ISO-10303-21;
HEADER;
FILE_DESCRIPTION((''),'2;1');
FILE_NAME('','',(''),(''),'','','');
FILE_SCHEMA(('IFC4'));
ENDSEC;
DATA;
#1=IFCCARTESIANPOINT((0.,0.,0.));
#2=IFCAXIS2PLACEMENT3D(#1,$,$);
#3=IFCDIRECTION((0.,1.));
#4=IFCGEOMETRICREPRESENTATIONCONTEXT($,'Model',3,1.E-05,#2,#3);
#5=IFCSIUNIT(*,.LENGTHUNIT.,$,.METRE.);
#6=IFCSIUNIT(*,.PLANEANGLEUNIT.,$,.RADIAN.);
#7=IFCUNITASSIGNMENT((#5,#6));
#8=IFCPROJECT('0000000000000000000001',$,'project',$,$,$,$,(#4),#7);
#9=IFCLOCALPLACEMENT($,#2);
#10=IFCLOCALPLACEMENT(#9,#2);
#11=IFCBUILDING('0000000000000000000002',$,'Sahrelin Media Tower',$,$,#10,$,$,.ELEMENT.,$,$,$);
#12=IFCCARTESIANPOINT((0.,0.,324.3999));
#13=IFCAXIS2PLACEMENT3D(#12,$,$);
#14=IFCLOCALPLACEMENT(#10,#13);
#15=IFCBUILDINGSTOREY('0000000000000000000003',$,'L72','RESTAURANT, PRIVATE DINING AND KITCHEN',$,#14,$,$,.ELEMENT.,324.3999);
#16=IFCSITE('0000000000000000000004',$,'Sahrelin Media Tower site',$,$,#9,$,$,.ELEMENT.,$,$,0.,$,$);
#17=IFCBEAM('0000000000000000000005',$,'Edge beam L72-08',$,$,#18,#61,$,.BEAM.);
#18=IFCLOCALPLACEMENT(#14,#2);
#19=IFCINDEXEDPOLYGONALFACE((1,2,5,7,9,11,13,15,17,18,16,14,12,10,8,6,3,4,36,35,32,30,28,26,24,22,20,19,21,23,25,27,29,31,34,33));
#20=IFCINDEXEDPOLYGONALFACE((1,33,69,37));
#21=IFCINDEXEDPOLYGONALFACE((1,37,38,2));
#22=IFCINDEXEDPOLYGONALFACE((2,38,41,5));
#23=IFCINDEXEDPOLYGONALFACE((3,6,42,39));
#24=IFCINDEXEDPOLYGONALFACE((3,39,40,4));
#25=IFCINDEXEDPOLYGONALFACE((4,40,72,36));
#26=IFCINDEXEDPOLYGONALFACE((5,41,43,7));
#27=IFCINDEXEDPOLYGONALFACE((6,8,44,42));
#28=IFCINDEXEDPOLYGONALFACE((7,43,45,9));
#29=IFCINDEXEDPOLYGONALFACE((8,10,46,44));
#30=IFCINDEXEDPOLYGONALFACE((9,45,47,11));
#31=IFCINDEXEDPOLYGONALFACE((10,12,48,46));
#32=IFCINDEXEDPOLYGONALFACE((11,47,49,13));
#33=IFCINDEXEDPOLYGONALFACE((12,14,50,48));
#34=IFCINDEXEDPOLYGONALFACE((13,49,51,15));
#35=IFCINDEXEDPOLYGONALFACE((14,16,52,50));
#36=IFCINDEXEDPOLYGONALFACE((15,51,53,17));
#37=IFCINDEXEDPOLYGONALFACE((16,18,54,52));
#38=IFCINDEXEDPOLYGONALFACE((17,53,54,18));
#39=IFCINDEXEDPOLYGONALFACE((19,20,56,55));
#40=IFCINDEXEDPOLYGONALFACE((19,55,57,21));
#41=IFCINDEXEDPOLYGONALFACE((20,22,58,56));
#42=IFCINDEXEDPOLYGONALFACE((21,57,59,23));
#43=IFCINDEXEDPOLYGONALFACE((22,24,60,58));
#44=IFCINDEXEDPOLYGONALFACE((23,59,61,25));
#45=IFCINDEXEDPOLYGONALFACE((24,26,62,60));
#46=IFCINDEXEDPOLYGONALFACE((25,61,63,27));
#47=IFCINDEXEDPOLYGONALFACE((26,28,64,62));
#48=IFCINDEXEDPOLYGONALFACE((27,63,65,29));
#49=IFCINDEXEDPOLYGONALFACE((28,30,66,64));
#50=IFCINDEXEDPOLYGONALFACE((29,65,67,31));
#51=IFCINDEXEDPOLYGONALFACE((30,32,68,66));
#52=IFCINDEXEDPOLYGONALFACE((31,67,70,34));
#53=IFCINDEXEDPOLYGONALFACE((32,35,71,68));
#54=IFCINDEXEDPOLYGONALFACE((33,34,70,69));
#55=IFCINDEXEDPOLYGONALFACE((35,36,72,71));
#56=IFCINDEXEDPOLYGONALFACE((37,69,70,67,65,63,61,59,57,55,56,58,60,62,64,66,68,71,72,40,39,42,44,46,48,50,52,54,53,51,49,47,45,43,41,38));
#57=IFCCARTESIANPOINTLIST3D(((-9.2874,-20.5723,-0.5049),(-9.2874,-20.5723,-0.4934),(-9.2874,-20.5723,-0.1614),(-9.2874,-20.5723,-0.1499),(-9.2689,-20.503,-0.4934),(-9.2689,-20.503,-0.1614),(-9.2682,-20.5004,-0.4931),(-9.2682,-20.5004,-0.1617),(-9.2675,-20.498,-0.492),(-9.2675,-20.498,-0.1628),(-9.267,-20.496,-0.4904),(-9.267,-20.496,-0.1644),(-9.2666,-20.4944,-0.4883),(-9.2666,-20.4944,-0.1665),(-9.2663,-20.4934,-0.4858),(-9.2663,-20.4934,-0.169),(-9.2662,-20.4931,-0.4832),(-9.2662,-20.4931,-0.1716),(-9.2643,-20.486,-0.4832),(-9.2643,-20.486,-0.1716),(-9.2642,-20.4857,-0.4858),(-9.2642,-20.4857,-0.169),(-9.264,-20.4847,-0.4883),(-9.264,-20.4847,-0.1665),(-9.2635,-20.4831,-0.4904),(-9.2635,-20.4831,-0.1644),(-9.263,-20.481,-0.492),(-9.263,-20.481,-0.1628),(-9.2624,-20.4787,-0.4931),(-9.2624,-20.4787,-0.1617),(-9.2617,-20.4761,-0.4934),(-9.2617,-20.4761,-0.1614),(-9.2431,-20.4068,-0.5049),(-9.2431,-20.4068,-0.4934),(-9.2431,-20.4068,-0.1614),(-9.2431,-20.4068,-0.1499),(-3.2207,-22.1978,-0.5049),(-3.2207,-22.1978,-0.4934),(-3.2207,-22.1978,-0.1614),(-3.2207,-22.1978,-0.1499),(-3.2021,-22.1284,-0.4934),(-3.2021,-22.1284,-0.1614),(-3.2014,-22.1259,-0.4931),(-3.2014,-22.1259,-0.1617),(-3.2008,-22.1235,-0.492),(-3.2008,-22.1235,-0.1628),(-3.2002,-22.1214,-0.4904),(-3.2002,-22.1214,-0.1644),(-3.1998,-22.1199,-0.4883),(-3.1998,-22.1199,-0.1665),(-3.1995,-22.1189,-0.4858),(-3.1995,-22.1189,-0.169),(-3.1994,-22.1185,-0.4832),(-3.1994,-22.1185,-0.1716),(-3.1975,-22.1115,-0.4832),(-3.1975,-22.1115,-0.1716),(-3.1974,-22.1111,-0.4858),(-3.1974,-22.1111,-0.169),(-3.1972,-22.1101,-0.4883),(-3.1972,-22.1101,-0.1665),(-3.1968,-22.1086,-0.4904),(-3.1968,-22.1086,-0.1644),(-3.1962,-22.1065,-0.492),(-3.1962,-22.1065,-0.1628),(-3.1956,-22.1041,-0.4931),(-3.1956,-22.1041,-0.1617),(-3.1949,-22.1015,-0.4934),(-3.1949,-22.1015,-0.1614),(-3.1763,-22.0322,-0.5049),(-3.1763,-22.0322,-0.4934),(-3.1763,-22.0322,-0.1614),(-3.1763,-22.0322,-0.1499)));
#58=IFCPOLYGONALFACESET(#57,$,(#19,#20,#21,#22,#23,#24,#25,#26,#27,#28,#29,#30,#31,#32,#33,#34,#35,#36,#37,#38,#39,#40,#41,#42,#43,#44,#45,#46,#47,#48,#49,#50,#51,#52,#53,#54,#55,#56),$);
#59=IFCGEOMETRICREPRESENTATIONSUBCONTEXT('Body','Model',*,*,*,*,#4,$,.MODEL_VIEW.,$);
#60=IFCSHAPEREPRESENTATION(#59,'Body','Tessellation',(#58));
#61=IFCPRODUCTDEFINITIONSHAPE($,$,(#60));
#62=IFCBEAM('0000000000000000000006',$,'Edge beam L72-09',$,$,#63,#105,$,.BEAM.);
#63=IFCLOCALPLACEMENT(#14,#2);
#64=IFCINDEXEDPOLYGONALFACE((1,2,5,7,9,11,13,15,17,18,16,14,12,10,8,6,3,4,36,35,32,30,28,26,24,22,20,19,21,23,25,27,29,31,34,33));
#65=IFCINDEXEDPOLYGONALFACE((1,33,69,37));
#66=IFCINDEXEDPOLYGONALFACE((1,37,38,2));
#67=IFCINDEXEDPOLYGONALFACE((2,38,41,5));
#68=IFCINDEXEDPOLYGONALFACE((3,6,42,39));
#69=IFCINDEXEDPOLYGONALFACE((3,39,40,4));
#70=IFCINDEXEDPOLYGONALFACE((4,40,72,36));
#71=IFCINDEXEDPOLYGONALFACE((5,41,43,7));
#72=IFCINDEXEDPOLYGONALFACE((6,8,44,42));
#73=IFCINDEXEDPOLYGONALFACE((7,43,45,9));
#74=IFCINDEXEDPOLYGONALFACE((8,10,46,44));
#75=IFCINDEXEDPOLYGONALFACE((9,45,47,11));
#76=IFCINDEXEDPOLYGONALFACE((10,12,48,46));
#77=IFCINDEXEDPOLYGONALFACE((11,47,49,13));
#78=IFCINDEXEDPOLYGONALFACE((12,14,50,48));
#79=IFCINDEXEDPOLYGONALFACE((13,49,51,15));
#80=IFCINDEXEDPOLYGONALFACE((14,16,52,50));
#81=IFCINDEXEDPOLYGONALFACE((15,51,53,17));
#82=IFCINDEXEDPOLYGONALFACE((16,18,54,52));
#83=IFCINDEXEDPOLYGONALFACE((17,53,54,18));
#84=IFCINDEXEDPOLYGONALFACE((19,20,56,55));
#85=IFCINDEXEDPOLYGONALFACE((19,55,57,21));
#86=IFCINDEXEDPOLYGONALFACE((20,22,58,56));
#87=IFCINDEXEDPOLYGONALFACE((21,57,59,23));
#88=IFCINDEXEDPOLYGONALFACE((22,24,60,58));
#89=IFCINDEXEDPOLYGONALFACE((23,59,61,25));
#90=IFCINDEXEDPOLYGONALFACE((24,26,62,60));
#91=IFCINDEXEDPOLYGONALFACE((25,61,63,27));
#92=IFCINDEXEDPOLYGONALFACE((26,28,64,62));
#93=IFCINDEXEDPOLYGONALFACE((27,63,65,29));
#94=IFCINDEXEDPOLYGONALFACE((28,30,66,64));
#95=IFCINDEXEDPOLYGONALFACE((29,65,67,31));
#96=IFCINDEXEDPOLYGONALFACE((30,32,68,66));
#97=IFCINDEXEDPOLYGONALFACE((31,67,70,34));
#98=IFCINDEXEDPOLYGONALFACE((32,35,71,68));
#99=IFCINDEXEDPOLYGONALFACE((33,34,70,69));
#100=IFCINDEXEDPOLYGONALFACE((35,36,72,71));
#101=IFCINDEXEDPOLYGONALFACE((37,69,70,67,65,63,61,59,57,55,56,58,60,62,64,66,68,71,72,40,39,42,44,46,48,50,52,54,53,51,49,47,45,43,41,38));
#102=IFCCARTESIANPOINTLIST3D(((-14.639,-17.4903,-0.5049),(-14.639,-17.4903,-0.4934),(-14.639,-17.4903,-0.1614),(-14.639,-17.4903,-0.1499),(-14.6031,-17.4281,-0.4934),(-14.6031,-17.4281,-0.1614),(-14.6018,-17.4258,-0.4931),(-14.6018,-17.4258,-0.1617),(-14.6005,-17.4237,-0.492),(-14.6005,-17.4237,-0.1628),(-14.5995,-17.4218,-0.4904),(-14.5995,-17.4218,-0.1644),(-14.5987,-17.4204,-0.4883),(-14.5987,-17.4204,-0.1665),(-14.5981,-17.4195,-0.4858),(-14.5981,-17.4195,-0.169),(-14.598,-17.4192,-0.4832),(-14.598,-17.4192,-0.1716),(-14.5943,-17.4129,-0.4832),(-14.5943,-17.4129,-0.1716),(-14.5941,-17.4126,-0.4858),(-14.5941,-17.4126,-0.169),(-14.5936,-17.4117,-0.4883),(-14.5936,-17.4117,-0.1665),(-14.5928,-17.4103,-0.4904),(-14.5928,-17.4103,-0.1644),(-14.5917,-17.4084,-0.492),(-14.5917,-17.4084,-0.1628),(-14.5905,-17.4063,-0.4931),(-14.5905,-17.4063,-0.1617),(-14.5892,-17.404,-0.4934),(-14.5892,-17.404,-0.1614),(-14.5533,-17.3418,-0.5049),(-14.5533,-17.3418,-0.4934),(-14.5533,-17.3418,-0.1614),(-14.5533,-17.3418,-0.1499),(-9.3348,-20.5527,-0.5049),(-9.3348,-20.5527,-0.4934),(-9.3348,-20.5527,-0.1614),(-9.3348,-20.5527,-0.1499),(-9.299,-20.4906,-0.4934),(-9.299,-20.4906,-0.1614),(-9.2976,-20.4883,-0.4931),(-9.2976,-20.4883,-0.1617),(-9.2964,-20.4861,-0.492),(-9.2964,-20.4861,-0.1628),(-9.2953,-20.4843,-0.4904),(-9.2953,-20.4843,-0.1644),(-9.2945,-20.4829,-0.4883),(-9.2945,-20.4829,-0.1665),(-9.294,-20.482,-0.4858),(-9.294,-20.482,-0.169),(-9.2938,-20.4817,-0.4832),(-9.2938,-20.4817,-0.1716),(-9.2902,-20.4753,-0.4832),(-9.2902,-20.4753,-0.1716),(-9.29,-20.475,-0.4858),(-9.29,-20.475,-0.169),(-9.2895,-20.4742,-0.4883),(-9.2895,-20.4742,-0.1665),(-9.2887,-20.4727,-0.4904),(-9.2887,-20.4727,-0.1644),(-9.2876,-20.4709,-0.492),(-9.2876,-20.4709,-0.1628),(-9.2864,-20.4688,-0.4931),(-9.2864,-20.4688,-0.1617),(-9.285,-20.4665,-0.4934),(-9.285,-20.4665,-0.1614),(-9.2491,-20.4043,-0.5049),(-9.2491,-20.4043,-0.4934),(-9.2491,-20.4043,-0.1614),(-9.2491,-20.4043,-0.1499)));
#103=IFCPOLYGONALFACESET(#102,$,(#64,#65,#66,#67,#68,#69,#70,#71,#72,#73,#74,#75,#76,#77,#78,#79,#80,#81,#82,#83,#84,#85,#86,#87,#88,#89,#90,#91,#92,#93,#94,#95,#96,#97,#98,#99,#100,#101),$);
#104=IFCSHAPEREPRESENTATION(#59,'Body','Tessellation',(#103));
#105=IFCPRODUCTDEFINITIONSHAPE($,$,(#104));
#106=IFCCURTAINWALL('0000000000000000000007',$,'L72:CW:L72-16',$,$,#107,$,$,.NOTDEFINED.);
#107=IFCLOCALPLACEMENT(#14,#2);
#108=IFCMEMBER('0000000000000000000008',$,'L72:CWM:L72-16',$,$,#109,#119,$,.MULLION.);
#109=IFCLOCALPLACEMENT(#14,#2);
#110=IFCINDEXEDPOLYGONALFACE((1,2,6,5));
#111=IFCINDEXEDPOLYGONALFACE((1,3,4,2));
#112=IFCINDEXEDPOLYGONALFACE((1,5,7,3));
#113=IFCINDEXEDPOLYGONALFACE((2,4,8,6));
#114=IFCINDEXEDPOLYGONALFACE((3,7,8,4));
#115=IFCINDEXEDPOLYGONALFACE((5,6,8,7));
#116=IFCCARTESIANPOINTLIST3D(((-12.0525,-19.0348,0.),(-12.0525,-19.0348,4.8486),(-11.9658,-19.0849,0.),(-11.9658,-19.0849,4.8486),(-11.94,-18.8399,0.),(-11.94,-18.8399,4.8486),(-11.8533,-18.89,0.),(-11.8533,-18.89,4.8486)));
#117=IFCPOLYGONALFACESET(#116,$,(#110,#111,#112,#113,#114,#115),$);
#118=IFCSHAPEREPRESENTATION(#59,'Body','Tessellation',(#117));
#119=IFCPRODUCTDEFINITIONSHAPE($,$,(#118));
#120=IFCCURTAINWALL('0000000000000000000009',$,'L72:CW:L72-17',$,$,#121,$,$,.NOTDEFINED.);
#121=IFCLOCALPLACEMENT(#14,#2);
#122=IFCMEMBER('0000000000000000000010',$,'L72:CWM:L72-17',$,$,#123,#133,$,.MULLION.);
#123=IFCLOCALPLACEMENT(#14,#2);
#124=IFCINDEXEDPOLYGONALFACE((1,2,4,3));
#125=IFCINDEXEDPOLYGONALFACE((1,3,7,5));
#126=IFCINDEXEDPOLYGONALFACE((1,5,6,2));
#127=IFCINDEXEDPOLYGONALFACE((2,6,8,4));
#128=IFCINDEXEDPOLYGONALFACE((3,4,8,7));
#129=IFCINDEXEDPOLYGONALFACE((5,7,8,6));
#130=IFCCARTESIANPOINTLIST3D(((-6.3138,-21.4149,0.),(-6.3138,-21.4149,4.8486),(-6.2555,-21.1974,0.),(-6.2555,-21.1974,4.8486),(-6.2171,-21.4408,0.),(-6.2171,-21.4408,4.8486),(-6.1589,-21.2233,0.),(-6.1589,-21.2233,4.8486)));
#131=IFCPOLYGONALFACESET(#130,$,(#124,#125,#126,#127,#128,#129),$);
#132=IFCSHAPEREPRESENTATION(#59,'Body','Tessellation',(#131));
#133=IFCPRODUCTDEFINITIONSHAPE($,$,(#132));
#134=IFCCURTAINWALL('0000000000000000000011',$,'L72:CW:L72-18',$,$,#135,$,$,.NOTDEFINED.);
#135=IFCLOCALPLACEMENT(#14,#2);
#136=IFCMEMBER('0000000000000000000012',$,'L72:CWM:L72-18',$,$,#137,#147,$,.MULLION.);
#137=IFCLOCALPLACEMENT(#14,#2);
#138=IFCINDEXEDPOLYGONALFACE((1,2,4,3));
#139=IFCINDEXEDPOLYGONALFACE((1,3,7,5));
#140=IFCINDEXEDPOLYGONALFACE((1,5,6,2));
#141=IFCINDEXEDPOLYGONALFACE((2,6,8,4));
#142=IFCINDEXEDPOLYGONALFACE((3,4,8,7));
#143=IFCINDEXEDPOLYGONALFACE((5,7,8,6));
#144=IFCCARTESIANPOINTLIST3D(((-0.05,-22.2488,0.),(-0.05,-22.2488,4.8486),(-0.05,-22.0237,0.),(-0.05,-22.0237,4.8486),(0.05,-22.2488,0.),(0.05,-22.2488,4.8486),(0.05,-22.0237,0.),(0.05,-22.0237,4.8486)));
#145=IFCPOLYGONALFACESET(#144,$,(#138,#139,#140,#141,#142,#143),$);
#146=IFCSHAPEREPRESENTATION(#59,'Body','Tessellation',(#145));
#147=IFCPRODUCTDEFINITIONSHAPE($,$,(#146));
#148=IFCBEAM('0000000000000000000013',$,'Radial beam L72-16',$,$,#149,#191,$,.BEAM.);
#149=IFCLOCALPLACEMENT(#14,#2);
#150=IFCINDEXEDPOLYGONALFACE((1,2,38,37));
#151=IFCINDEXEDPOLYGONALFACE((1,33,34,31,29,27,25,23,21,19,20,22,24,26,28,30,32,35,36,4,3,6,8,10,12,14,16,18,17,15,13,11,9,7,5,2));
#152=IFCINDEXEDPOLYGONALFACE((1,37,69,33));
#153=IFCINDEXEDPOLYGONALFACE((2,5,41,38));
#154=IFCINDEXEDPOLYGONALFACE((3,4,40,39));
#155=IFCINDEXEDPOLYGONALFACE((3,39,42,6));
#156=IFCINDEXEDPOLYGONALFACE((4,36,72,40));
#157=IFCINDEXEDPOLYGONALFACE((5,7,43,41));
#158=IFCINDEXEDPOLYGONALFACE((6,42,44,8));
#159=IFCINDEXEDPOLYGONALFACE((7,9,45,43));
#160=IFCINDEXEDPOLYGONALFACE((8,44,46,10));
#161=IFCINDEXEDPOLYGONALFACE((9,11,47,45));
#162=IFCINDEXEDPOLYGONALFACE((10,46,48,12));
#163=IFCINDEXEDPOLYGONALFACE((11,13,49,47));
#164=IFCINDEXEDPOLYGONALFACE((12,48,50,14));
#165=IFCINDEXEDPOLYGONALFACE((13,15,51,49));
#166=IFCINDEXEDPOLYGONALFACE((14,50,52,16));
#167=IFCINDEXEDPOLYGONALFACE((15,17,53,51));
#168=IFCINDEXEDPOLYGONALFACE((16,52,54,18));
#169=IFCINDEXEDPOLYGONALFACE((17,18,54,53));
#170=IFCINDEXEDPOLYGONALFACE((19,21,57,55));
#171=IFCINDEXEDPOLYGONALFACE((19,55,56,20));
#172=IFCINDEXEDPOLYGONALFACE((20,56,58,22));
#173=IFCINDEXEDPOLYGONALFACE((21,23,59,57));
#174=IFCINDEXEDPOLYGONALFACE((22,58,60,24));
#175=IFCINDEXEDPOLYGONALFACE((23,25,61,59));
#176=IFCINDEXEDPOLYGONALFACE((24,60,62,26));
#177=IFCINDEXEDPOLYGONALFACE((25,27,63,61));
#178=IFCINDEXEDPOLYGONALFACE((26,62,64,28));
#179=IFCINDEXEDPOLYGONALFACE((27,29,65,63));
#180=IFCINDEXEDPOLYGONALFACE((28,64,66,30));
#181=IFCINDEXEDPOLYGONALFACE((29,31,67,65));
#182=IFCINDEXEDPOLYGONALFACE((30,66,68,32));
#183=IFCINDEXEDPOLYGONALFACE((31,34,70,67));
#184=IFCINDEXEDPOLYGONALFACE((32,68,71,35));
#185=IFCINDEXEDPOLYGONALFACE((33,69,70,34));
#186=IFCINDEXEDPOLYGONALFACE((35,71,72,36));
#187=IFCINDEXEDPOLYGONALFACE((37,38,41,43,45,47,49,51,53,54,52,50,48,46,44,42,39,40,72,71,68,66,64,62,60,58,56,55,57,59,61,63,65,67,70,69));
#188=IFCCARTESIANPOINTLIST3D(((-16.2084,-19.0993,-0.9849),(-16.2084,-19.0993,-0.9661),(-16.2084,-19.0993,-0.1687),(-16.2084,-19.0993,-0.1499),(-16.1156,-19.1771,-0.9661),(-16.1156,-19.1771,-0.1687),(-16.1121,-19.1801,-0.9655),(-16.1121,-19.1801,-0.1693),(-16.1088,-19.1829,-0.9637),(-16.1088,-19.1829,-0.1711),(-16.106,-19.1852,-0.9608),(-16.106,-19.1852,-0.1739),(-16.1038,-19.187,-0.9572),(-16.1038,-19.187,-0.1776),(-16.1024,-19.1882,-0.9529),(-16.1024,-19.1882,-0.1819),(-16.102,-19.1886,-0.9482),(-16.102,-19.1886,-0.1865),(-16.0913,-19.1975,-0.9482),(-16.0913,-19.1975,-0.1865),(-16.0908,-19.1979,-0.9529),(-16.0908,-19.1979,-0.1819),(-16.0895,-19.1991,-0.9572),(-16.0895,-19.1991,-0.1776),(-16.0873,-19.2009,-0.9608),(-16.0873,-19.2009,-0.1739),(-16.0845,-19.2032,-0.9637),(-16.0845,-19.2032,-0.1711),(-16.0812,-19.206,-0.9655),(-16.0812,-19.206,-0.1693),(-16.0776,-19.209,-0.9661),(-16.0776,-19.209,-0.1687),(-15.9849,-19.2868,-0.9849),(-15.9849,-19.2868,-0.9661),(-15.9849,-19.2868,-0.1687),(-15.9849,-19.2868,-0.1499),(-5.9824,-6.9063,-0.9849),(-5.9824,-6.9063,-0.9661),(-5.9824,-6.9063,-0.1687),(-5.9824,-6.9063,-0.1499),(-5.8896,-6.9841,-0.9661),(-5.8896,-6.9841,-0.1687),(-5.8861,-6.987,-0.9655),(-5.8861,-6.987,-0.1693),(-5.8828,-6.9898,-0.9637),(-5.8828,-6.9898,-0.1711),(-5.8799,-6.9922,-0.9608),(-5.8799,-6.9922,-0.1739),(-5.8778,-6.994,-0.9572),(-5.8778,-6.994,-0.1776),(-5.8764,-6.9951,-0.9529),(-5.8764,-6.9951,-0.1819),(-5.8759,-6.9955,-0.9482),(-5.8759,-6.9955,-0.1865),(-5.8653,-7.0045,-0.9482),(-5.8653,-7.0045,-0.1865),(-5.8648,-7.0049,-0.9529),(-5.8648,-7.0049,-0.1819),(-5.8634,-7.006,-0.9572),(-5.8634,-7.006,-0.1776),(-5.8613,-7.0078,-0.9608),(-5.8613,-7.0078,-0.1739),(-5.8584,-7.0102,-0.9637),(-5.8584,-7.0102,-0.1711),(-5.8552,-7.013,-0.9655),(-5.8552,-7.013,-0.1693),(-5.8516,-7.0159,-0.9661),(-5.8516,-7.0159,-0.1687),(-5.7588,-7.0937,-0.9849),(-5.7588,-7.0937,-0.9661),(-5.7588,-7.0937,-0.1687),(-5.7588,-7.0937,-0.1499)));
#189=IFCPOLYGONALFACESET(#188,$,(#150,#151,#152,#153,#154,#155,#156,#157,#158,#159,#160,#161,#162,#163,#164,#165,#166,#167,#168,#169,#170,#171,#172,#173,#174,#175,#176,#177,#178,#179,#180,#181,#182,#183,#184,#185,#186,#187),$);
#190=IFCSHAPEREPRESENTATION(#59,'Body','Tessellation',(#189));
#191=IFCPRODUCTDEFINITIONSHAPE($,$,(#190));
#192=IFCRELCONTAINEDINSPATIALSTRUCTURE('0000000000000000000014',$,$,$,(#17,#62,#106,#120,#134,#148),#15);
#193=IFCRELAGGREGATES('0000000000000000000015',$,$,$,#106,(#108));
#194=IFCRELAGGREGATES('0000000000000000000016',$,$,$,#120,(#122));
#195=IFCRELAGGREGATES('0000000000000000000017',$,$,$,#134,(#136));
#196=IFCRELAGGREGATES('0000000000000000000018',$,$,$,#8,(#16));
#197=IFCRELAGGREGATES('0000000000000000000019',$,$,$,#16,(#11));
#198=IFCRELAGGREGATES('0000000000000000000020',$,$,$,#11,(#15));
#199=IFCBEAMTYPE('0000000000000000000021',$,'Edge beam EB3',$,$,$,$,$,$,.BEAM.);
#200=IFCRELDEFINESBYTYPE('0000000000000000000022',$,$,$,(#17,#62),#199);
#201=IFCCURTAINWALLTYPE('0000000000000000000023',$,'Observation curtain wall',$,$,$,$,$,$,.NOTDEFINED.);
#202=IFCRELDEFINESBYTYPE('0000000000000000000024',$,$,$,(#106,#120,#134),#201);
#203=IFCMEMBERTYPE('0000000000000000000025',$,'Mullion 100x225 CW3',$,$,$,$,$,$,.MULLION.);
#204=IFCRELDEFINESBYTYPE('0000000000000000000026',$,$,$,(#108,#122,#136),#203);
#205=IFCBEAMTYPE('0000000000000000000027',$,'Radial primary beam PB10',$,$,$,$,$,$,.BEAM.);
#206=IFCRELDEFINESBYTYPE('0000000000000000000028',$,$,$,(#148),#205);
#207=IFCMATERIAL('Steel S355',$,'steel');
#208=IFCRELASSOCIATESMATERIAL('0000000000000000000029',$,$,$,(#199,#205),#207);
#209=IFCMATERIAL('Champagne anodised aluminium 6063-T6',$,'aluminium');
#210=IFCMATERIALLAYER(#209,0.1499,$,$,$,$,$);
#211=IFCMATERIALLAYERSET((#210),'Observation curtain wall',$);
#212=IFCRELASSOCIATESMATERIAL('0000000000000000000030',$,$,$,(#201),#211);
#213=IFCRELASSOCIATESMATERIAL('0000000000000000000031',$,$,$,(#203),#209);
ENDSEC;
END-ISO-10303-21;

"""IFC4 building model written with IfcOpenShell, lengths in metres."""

from ifc_helpers import new_model, si_unit, direction, frame, origin, origin_2d, place, context, subcontext, project, spatial, rectangle, i_section, extrude, material, layer, layer_set, material_profile, profile_set, type_object, element, aggregate, save


model = new_model("IFC4")

# Units and contexts
model_context = context("Model", 3, precision=1e-05, world=origin(), true_north=direction((0.0, 1.0)))
body_context = subcontext(model_context, "Body", "Model", "MODEL_VIEW")
ifc_project = project(units=[si_unit("LENGTHUNIT", "METRE"), si_unit("PLANEANGLEUNIT", "RADIAN")], contexts=[model_context])

# Site, building, storey
site_placement = place(None, origin())
site = spatial("IfcSite", under=ifc_project, at=site_placement, Name="Sahrelin Media Tower site", CompositionType="ELEMENT", RefElevation=0.0)
building_placement = place(site_placement, origin())
building = spatial("IfcBuilding", under=site, at=building_placement, Name="Sahrelin Media Tower", CompositionType="ELEMENT")
storey_placement = place(building_placement, frame((0.0, 0.0, 324.3999)))
storey = spatial("IfcBuildingStorey", under=building, at=storey_placement, Name="L72", Description="RESTAURANT, PRIVATE DINING AND KITCHEN", CompositionType="ELEMENT", Elevation=324.3999)

# Beams
ifc_material_1 = material(Name="Steel S355", Category="steel")
ifc_material_profile_1 = material_profile(ifc_material_1, i_section(OverallWidth=0.1714, OverallDepth=0.355, WebThickness=0.0073, FlangeThickness=0.0115, FilletRadius=0.0103, at=origin_2d()), Name="UB 356x171x51")
ifc_profile_set_1 = profile_set([ifc_material_profile_1], Name="Steel S355")
beam_type_1 = type_object("IfcBeamType", Name="Edge beam EB3", PredefinedType="BEAM", material=ifc_profile_set_1)
beam_1_placement = place(storey_placement, frame((-3.1985, -22.115, -0.3274), z_axis=(-0.965931, 0.2588, 0.0), x_axis=(-0.2588, -0.965931, 0.0)))
element("IfcBeam", 1, at=beam_1_placement, inside=storey, type_object=beam_type_1, Name="Edge beam L72-08", PredefinedType="BEAM", context=body_context, shape_type="SweptSolid", body=[
    extrude(i_section(OverallWidth=0.1714, OverallDepth=0.355, WebThickness=0.0073, FlangeThickness=0.0115, FilletRadius=0.0103, at=origin_2d()), origin(), (0.0, 0.0, 1.0), 6.2808),
])
beam_2_placement = place(storey_placement, frame((-9.292, -20.4785, -0.3274), z_axis=(-0.866017, 0.500015, 0.0), x_axis=(-0.500015, -0.866017, 0.0)))
element("IfcBeam", 2, at=beam_2_placement, inside=storey, type_object=beam_type_1, Name="Edge beam L72-09", PredefinedType="BEAM", context=body_context, shape_type="SweptSolid", body=[
    extrude(i_section(OverallWidth=0.1714, OverallDepth=0.355, WebThickness=0.0073, FlangeThickness=0.0115, FilletRadius=0.0103, at=origin_2d()), origin(), (0.0, 0.0, 1.0), 6.1248),
])

# Curtain walls, members
ifc_material_2 = material(Name="Champagne anodised aluminium 6063-T6", Category="aluminium")
ifc_layer_1 = layer(ifc_material_2, 0.1499)
ifc_layer_set_1 = layer_set([ifc_layer_1], Name="Observation curtain wall")
curtain_wall_type = type_object("IfcCurtainWallType", Name="Observation curtain wall", PredefinedType="NOTDEFINED", material=ifc_layer_set_1)
curtain_wall_1_placement = place(storey_placement, frame((-12.019, -19.0771, 0.0), z_axis=(0.0, 0.0, 1.0), x_axis=(1.0, 0.0, 0.0)))
curtain_wall_1 = element("IfcCurtainWall", 3, at=curtain_wall_1_placement, inside=storey, type_object=curtain_wall_type, Name="L72:CW:L72-16", PredefinedType="NOTDEFINED")
ifc_material_profile_2 = material_profile(ifc_material_2, rectangle(XDim=0.1001, YDim=0.2251, at=origin_2d()), Name="Mullion 100x225")
ifc_profile_set_2 = profile_set([ifc_material_profile_2], Name="Champagne anodised aluminium 6063-T6")
member_type_1 = type_object("IfcMemberType", Name="Mullion 100x225 CW3", PredefinedType="MULLION", material=ifc_profile_set_2)
member_1_placement = place(storey_placement, frame((-11.9529, -18.9624, 0.0), z_axis=(0.0, 0.0, 1.0), x_axis=(0.866026, -0.499998, 0.0)))
member_1 = element("IfcMember", 4, at=member_1_placement, type_object=member_type_1, Name="L72:CWM:L72-16", PredefinedType="MULLION", context=body_context, shape_type="SweptSolid", body=[
    extrude(rectangle(XDim=0.1001, YDim=0.2251, at=origin_2d()), origin(), (0.0, 0.0, 1.0), 4.8486),
])
aggregate(curtain_wall_1, [member_1])
curtain_wall_2_placement = place(storey_placement, frame((-6.2708, -21.447, 0.0), z_axis=(0.0, 0.0, 1.0), x_axis=(1.0, 0.0, 0.0)))
curtain_wall_2 = element("IfcCurtainWall", 5, at=curtain_wall_2_placement, inside=storey, type_object=curtain_wall_type, Name="L72:CW:L72-17", PredefinedType="NOTDEFINED")
member_2_placement = place(storey_placement, frame((-6.2363, -21.3191, 0.0), z_axis=(0.0, 0.0, 1.0), x_axis=(0.965925, -0.258821, 0.0)))
member_2 = element("IfcMember", 6, at=member_2_placement, type_object=member_type_1, Name="L72:CWM:L72-17", PredefinedType="MULLION", context=body_context, shape_type="SweptSolid", body=[
    extrude(rectangle(XDim=0.1001, YDim=0.2251, at=origin_2d()), origin(), (0.0, 0.0, 1.0), 4.8486),
])
curtain_wall_3_placement = place(storey_placement, frame((0.0, -22.2688, 0.0), z_axis=(0.0, 0.0, 1.0), x_axis=(1.0, 0.0, 0.0)))
curtain_wall_3 = element("IfcCurtainWall", 7, at=curtain_wall_3_placement, inside=storey, type_object=curtain_wall_type, Name="L72:CW:L72-18", PredefinedType="NOTDEFINED")
member_3_placement = place(storey_placement, frame((0.0, -22.1362, 0.0), z_axis=(0.0, 0.0, 1.0), x_axis=(1.0, 0.0, 0.0)))
member_3 = element("IfcMember", 8, at=member_3_placement, type_object=member_type_1, Name="L72:CWM:L72-18", PredefinedType="MULLION", context=body_context, shape_type="SweptSolid", body=[
    extrude(rectangle(XDim=0.1001, YDim=0.2251, at=origin_2d()), origin(), (0.0, 0.0, 1.0), 4.8486),
])

# Beam
ifc_material_profile_3 = material_profile(ifc_material_1, i_section(OverallWidth=0.2917, OverallDepth=0.835, WebThickness=0.0139, FlangeThickness=0.0188, FilletRadius=0.0178, at=origin_2d()), Name="UB 838x292x176")
ifc_profile_set_3 = profile_set([ifc_material_profile_3], Name="Steel S355")
beam_type_2 = type_object("IfcBeamType", Name="Radial primary beam PB10", PredefinedType="BEAM", material=ifc_profile_set_3)
beam_3_placement = place(storey_placement, frame((-5.8706, -7.0, -0.5674), z_axis=(-0.642597, -0.766204, 0.0), x_axis=(0.766204, -0.642597, 0.0)))
element("IfcBeam", 9, at=beam_3_placement, inside=storey, type_object=beam_type_2, Name="Radial beam L72-16", PredefinedType="BEAM", context=body_context, shape_type="SweptSolid", body=[
    extrude(i_section(OverallWidth=0.2917, OverallDepth=0.835, WebThickness=0.0139, FlangeThickness=0.0188, FilletRadius=0.0178, at=origin_2d()), origin(), (0.0, 0.0, 1.0), 15.9136),
])

aggregate(curtain_wall_2, [member_2])
aggregate(curtain_wall_3, [member_3])

save(model, "model.ifc")
